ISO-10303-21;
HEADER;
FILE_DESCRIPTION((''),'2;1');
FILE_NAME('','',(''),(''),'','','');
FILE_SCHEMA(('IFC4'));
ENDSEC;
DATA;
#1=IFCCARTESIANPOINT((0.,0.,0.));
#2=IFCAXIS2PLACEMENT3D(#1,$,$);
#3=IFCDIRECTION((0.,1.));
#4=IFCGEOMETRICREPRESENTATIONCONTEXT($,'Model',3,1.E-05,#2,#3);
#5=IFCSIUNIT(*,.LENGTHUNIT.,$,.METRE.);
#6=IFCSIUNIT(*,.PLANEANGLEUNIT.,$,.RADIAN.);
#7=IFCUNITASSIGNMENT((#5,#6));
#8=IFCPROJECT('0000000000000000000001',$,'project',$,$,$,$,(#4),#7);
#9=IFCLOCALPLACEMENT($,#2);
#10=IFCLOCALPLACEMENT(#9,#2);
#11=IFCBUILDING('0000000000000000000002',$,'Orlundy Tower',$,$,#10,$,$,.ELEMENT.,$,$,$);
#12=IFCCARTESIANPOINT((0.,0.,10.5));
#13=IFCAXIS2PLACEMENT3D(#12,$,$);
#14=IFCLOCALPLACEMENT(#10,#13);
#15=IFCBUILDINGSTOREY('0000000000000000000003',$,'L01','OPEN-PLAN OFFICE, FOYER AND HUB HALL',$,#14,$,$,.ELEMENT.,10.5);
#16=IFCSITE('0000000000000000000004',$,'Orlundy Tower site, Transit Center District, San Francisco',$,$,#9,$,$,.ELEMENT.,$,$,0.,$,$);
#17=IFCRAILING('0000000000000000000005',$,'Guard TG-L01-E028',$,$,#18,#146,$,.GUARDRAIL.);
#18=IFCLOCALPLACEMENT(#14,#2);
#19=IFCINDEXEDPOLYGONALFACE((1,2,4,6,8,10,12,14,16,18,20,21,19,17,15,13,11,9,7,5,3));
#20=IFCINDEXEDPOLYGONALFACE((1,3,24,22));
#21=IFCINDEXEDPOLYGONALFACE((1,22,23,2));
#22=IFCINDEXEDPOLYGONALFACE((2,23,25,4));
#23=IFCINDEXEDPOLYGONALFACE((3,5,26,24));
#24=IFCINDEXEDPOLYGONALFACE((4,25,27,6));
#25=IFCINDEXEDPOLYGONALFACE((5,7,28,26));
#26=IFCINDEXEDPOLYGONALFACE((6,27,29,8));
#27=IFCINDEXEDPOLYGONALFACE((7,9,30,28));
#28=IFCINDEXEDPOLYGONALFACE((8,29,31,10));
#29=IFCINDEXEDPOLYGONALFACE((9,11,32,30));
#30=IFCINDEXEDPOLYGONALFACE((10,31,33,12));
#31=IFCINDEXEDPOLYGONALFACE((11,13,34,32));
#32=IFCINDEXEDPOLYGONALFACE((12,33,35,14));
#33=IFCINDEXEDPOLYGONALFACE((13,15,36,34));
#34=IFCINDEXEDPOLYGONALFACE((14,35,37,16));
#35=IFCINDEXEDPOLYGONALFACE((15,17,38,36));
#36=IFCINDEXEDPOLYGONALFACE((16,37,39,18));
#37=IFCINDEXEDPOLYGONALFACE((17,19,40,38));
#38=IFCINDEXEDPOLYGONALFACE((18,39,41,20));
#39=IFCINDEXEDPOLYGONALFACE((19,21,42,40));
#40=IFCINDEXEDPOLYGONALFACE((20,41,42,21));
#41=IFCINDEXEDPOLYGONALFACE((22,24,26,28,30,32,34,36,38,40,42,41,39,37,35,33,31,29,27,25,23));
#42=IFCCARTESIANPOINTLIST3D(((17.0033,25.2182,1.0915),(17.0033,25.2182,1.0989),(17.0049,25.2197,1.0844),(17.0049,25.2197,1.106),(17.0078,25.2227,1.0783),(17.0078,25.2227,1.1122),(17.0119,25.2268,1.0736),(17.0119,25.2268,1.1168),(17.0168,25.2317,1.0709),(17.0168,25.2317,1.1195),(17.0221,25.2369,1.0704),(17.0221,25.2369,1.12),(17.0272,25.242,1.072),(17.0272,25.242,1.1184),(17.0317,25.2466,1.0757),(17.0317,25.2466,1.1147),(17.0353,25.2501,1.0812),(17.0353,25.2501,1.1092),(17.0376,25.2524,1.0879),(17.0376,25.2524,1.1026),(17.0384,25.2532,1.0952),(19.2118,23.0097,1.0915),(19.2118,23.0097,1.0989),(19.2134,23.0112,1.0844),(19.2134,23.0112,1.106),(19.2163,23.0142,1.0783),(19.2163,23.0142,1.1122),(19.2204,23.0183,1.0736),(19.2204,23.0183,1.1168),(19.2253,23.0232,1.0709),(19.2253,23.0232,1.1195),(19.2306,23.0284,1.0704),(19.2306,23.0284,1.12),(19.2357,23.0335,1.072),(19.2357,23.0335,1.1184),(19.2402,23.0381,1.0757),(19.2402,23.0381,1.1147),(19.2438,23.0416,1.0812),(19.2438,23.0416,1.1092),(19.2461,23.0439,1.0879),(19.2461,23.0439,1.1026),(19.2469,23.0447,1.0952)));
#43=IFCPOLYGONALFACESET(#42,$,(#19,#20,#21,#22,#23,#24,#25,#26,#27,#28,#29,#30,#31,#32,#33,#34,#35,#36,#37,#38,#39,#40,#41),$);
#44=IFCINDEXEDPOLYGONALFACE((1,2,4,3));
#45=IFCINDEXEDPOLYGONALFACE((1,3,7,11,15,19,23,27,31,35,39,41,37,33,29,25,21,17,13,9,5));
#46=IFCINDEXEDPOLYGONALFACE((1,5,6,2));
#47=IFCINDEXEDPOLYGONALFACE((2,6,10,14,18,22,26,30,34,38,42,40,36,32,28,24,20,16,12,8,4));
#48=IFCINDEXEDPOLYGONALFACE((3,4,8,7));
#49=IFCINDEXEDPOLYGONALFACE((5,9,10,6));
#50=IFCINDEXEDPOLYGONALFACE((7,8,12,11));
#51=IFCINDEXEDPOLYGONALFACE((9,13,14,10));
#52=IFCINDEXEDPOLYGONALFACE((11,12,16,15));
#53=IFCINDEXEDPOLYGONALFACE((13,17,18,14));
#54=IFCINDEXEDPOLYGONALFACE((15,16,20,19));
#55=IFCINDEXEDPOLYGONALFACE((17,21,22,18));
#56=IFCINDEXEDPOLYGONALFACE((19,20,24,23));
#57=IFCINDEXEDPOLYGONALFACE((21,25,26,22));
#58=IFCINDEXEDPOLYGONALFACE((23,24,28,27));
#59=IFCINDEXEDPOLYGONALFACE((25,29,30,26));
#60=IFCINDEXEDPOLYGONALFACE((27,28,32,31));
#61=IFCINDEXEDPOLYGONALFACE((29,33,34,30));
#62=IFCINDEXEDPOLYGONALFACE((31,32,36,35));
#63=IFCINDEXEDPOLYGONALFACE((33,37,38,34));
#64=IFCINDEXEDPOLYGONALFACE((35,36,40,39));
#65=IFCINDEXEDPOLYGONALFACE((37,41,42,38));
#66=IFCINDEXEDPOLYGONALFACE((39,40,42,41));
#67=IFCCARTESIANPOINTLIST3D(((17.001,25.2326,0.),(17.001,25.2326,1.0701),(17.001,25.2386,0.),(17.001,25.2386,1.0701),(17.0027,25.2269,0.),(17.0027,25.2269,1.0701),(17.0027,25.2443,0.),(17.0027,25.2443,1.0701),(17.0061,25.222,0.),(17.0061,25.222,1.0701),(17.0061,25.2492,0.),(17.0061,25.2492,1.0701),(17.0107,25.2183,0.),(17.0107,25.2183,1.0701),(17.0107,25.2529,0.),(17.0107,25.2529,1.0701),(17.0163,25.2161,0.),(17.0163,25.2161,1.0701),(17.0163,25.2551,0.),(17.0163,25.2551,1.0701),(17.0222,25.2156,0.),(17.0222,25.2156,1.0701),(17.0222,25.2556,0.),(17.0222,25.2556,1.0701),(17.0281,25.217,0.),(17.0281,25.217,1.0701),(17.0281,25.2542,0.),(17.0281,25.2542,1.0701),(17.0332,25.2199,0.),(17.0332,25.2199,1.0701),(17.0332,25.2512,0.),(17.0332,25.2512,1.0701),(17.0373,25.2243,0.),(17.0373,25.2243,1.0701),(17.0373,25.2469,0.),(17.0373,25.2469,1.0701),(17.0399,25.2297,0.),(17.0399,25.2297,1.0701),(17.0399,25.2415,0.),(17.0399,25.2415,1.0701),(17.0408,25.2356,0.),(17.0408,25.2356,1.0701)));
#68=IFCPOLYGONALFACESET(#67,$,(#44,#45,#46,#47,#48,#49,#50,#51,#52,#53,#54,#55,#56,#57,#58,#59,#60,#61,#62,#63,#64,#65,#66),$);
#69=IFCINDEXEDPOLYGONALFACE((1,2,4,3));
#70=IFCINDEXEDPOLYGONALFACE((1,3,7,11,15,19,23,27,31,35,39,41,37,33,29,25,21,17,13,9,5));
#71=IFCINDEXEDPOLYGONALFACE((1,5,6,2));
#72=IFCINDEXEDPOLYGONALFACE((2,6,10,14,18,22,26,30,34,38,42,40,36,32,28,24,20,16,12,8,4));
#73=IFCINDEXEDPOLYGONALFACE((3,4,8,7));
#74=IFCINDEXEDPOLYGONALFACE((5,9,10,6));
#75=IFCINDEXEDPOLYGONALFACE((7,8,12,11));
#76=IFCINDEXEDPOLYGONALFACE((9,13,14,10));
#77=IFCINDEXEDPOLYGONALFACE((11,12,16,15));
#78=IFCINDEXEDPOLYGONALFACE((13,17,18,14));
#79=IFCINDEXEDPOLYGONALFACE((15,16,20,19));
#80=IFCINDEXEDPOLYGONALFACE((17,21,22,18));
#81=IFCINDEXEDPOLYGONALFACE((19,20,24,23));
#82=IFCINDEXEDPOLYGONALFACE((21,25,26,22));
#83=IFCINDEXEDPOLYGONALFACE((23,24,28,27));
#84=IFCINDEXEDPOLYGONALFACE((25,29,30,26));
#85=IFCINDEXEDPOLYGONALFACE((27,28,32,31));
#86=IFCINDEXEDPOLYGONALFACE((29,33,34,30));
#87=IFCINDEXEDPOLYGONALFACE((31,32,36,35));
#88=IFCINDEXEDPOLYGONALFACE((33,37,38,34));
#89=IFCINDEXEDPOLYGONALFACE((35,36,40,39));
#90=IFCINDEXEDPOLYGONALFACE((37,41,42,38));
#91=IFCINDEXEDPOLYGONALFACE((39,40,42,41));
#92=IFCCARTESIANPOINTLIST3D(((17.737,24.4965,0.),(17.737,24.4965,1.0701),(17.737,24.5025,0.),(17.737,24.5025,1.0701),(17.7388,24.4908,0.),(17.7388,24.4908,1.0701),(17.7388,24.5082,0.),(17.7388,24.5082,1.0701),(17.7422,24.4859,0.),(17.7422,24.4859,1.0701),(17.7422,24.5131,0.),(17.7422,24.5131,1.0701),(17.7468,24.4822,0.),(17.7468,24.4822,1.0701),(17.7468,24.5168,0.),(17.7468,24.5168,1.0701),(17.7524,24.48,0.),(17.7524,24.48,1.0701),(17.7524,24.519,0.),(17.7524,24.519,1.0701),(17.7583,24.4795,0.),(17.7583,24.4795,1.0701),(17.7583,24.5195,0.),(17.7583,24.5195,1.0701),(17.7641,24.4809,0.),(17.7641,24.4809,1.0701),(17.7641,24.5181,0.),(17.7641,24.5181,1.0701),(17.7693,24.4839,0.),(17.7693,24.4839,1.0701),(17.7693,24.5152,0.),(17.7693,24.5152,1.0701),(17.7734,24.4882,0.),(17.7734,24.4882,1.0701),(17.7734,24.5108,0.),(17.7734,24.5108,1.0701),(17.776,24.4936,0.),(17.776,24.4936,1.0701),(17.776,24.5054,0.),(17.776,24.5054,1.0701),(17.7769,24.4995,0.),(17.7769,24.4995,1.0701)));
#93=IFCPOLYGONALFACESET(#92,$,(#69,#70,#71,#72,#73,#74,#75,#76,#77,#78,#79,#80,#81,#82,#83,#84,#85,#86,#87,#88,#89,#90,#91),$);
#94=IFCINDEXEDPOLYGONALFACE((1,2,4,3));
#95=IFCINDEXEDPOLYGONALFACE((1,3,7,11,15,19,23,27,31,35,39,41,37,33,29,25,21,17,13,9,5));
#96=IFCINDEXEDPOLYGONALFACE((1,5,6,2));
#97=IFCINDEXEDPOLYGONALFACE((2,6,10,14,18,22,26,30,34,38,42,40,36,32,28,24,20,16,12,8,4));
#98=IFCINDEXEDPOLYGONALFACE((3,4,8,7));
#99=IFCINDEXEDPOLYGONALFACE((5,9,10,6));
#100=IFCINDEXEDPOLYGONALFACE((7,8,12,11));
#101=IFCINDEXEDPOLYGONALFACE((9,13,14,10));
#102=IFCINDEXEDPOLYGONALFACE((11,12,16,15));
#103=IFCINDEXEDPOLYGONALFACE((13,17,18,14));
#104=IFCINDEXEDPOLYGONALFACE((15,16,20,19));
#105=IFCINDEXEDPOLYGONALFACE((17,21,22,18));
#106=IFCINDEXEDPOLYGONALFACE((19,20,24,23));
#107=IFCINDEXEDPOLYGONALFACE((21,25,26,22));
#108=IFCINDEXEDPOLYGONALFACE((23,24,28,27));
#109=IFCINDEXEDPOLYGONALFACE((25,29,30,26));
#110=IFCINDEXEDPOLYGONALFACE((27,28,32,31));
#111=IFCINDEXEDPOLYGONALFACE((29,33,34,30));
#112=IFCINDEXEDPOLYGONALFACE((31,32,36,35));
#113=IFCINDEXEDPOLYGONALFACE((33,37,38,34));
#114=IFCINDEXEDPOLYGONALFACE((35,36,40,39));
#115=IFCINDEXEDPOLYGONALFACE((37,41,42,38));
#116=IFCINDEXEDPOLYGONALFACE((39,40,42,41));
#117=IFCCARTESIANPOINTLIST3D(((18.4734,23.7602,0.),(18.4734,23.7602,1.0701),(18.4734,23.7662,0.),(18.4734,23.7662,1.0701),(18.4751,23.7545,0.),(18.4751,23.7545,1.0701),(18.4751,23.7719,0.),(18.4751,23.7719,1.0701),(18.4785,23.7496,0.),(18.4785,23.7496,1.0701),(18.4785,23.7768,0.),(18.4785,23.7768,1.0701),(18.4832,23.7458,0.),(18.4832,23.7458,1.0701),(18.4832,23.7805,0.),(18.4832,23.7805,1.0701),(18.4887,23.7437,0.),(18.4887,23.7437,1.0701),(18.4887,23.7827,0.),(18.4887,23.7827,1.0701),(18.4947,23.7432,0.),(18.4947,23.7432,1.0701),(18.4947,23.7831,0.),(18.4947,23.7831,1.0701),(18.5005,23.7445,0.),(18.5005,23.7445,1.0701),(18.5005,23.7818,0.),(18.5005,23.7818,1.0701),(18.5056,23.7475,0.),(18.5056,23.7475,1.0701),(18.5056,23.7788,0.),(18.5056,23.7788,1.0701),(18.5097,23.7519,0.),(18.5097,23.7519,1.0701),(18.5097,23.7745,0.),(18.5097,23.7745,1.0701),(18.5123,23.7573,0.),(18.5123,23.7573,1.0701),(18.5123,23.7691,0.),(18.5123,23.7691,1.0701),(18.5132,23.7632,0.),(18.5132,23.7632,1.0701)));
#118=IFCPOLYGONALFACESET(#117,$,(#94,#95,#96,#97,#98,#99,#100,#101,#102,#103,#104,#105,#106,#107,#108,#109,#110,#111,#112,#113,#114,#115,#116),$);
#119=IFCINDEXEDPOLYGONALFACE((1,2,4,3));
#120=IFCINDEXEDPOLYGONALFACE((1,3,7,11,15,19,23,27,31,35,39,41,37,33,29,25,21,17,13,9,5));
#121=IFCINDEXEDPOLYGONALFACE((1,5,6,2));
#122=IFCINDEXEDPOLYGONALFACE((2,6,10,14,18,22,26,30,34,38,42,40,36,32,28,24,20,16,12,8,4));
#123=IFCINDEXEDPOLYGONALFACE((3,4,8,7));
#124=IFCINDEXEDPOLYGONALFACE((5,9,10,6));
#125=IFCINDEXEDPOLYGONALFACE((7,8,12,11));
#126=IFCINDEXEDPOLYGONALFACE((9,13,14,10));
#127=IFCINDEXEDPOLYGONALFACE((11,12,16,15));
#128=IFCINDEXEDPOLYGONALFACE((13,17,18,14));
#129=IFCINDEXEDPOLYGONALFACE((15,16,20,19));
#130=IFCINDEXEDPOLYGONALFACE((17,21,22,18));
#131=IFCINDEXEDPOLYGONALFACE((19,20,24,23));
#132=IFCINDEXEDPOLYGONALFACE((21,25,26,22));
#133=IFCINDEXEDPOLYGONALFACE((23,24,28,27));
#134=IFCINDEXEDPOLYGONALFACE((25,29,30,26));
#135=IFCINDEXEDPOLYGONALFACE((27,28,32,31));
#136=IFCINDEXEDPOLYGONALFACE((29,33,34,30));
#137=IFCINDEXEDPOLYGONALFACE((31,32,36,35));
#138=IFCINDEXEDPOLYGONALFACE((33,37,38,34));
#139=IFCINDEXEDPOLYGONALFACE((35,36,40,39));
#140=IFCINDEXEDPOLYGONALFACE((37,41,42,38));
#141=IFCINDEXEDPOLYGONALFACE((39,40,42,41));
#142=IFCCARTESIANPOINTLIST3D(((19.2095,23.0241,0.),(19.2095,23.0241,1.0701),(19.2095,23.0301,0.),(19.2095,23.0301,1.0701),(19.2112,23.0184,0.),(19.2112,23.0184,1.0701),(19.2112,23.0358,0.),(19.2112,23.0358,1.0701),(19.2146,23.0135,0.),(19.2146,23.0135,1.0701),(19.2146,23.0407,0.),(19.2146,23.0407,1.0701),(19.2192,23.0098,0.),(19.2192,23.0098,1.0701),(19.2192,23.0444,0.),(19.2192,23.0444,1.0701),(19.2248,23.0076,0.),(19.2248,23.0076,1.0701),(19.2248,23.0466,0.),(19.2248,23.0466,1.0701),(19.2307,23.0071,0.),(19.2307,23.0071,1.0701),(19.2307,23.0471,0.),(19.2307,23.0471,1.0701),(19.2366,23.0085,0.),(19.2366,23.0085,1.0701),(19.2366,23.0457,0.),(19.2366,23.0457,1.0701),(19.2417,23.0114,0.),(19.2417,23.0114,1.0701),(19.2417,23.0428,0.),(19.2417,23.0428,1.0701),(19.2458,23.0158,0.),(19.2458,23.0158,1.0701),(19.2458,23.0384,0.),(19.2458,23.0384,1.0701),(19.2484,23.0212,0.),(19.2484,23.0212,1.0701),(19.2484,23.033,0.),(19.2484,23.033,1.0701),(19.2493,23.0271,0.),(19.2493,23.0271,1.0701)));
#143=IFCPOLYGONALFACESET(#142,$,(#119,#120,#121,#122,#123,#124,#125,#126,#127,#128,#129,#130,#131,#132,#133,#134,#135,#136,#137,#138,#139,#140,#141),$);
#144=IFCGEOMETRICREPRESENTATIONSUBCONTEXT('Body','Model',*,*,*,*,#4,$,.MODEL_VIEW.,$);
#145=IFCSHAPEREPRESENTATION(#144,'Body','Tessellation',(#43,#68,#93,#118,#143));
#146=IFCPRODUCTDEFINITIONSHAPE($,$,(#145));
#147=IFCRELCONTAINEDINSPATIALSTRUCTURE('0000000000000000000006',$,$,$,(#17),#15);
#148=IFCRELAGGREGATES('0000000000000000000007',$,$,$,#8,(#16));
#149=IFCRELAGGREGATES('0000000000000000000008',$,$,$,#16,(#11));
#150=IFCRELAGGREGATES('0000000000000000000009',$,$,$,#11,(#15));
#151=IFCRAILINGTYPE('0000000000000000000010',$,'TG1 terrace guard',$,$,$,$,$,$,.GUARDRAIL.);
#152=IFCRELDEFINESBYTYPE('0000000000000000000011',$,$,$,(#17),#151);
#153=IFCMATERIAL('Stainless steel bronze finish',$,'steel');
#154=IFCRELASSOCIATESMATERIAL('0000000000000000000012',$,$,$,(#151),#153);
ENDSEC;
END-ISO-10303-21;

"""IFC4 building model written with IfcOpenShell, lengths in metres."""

from ifc_helpers import new_model, si_unit, direction, frame, origin, origin_2d, place, context, subcontext, project, spatial, circle, extrude, material, type_object, element, save


model = new_model("IFC4")

# Units and contexts
model_context = context("Model", 3, precision=1e-05, world=origin(), true_north=direction((0.0, 1.0)))
body_context = subcontext(model_context, "Body", "Model", "MODEL_VIEW")
ifc_project = project(units=[si_unit("LENGTHUNIT", "METRE"), si_unit("PLANEANGLEUNIT", "RADIAN")], contexts=[model_context])

# Site, building, storey
site_placement = place(None, origin())
site = spatial("IfcSite", under=ifc_project, at=site_placement, Name="Orlundy Tower site, Transit Center District, San Francisco", CompositionType="ELEMENT", RefElevation=0.0)
building_placement = place(site_placement, origin())
building = spatial("IfcBuilding", under=site, at=building_placement, Name="Orlundy Tower", CompositionType="ELEMENT")
storey_placement = place(building_placement, frame((0.0, 0.0, 10.5)))
storey = spatial("IfcBuildingStorey", under=building, at=storey_placement, Name="L01", Description="OPEN-PLAN OFFICE, FOYER AND HUB HALL", CompositionType="ELEMENT", Elevation=10.5)

# Railing
ifc_material_1 = material(Name="Stainless steel bronze finish", Category="steel")
railing_type = type_object("IfcRailingType", Name="TG1 terrace guard", PredefinedType="GUARDRAIL", material=ifc_material_1)
for number, where, name in (
    (1, (17.0208, 25.2356, 0.0), "Guard TG-L01-E028"),
):
    element("IfcRailing", number, at=place(storey_placement, frame(where)), inside=storey, type_object=railing_type, Name=name, PredefinedType="GUARDRAIL", context=body_context, shape_type="SweptSolid", body=[
        extrude(circle(Radius=0.0249, at=origin_2d()), frame((0.0, 0.0, 1.0952), z_axis=(0.707107, -0.707107, 0.0), x_axis=(0.707107, 0.707107, 0.0)), (0.0, 0.0, 1.0), 3.1233),
        extrude(circle(Radius=0.02, at=origin_2d()), origin(), (0.0, 0.0, 1.0), 1.0701),
        extrude(circle(Radius=0.02, at=origin_2d()), frame((0.7361, -0.7361, 0.0)), (0.0, 0.0, 1.0), 1.0701),
        extrude(circle(Radius=0.02, at=origin_2d()), frame((1.4724, -1.4724, 0.0)), (0.0, 0.0, 1.0), 1.0701),
        extrude(circle(Radius=0.02, at=origin_2d()), frame((2.2085, -2.2085, 0.0)), (0.0, 0.0, 1.0), 1.0701),
    ])

save(model, "model.ifc")
